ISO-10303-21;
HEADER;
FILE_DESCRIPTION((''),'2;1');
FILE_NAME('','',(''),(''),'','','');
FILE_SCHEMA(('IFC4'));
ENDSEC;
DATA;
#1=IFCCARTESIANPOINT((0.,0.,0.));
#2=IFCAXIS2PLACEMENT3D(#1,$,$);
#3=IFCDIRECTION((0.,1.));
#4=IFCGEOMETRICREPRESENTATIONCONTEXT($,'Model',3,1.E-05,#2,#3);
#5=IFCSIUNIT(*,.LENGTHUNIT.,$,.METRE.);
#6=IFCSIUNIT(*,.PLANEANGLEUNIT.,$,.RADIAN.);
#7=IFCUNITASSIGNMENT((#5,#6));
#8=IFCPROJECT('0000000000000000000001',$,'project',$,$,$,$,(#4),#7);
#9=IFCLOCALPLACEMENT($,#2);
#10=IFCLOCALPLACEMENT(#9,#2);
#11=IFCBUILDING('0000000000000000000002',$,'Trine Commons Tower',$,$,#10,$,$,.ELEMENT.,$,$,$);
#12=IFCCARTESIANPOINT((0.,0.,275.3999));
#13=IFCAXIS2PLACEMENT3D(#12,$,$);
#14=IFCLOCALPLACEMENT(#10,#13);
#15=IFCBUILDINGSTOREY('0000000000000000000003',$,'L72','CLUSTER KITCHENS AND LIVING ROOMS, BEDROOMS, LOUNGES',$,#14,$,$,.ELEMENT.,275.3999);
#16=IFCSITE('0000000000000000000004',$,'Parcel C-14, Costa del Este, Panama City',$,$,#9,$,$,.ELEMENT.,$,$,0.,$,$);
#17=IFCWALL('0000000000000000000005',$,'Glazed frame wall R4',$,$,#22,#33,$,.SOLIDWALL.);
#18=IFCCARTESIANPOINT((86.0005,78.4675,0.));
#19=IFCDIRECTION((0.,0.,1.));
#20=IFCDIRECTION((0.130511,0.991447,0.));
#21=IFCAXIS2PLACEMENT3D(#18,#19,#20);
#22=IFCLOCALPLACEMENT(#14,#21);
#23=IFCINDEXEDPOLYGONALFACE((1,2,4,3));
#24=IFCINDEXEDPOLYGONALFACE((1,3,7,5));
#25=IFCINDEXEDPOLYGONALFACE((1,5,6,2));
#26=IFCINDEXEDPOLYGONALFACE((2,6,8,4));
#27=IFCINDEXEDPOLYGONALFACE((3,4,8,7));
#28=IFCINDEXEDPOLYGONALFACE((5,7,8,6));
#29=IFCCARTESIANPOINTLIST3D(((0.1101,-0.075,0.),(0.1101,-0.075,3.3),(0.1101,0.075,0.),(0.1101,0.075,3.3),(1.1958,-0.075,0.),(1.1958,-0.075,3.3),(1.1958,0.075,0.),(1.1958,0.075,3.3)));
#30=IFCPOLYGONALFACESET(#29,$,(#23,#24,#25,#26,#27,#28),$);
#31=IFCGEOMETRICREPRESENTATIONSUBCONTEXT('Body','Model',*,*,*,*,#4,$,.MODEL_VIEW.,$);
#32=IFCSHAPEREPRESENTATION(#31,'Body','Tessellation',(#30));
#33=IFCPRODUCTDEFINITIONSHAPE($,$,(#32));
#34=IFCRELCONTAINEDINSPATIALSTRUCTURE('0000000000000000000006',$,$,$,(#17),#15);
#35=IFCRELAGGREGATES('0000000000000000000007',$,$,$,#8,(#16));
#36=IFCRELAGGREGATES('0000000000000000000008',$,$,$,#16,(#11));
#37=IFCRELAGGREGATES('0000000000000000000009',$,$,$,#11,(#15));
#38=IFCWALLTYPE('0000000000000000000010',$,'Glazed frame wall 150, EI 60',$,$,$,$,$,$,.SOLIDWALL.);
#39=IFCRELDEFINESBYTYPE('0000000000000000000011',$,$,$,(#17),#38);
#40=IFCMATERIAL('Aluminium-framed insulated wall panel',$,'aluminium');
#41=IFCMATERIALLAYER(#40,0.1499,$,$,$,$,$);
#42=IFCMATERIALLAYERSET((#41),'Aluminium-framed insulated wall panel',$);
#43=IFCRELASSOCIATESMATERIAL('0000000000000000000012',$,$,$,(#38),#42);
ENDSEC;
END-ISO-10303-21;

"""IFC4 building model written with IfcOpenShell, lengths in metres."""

from ifc_helpers import new_model, si_unit, direction, frame, origin, place, context, subcontext, project, spatial, polyline, outline, extrude, material, layer, layer_set, type_object, element, save


model = new_model("IFC4")

# Units and contexts
model_context = context("Model", 3, precision=1e-05, world=origin(), true_north=direction((0.0, 1.0)))
body_context = subcontext(model_context, "Body", "Model", "MODEL_VIEW")
ifc_project = project(units=[si_unit("LENGTHUNIT", "METRE"), si_unit("PLANEANGLEUNIT", "RADIAN")], contexts=[model_context])

# Site, building, storey
site_placement = place(None, origin())
site = spatial("IfcSite", under=ifc_project, at=site_placement, Name="Parcel C-14, Costa del Este, Panama City", CompositionType="ELEMENT", RefElevation=0.0)
building_placement = place(site_placement, origin())
building = spatial("IfcBuilding", under=site, at=building_placement, Name="Trine Commons Tower", CompositionType="ELEMENT")
storey_placement = place(building_placement, frame((0.0, 0.0, 275.3999)))
storey = spatial("IfcBuildingStorey", under=building, at=storey_placement, Name="L72", Description="CLUSTER KITCHENS AND LIVING ROOMS, BEDROOMS, LOUNGES", CompositionType="ELEMENT", Elevation=275.3999)

# Shared definitions
ifc_material_1 = material(Name="Aluminium-framed insulated wall panel", Category="aluminium")
ifc_layer_1 = layer(ifc_material_1, 0.1499)
ifc_layer_set_1 = layer_set([ifc_layer_1], Name="Aluminium-framed insulated wall panel")
wall_type_1 = type_object("IfcWallType", Name="Glazed frame wall 150, EI 60", PredefinedType="SOLIDWALL", material=ifc_layer_set_1)

# Wall
wall_1_placement = place(storey_placement, frame((86.0005, 78.4675, 0.0), z_axis=(0.0, 0.0, 1.0), x_axis=(0.130511, 0.991447, 0.0)))
element("IfcWall", 1, at=wall_1_placement, inside=storey, type_object=wall_type_1, Name="Glazed frame wall R4", PredefinedType="SOLIDWALL", context=body_context, shape_type="SweptSolid", body=[
    extrude(outline(polyline([(0.1101, 0.075), (0.1101, -0.075), (1.1958, -0.075), (1.1958, 0.075), (0.1101, 0.075)])), origin(), (0.0, 0.0, 1.0), 3.3),
])

save(model, "model.ifc")
